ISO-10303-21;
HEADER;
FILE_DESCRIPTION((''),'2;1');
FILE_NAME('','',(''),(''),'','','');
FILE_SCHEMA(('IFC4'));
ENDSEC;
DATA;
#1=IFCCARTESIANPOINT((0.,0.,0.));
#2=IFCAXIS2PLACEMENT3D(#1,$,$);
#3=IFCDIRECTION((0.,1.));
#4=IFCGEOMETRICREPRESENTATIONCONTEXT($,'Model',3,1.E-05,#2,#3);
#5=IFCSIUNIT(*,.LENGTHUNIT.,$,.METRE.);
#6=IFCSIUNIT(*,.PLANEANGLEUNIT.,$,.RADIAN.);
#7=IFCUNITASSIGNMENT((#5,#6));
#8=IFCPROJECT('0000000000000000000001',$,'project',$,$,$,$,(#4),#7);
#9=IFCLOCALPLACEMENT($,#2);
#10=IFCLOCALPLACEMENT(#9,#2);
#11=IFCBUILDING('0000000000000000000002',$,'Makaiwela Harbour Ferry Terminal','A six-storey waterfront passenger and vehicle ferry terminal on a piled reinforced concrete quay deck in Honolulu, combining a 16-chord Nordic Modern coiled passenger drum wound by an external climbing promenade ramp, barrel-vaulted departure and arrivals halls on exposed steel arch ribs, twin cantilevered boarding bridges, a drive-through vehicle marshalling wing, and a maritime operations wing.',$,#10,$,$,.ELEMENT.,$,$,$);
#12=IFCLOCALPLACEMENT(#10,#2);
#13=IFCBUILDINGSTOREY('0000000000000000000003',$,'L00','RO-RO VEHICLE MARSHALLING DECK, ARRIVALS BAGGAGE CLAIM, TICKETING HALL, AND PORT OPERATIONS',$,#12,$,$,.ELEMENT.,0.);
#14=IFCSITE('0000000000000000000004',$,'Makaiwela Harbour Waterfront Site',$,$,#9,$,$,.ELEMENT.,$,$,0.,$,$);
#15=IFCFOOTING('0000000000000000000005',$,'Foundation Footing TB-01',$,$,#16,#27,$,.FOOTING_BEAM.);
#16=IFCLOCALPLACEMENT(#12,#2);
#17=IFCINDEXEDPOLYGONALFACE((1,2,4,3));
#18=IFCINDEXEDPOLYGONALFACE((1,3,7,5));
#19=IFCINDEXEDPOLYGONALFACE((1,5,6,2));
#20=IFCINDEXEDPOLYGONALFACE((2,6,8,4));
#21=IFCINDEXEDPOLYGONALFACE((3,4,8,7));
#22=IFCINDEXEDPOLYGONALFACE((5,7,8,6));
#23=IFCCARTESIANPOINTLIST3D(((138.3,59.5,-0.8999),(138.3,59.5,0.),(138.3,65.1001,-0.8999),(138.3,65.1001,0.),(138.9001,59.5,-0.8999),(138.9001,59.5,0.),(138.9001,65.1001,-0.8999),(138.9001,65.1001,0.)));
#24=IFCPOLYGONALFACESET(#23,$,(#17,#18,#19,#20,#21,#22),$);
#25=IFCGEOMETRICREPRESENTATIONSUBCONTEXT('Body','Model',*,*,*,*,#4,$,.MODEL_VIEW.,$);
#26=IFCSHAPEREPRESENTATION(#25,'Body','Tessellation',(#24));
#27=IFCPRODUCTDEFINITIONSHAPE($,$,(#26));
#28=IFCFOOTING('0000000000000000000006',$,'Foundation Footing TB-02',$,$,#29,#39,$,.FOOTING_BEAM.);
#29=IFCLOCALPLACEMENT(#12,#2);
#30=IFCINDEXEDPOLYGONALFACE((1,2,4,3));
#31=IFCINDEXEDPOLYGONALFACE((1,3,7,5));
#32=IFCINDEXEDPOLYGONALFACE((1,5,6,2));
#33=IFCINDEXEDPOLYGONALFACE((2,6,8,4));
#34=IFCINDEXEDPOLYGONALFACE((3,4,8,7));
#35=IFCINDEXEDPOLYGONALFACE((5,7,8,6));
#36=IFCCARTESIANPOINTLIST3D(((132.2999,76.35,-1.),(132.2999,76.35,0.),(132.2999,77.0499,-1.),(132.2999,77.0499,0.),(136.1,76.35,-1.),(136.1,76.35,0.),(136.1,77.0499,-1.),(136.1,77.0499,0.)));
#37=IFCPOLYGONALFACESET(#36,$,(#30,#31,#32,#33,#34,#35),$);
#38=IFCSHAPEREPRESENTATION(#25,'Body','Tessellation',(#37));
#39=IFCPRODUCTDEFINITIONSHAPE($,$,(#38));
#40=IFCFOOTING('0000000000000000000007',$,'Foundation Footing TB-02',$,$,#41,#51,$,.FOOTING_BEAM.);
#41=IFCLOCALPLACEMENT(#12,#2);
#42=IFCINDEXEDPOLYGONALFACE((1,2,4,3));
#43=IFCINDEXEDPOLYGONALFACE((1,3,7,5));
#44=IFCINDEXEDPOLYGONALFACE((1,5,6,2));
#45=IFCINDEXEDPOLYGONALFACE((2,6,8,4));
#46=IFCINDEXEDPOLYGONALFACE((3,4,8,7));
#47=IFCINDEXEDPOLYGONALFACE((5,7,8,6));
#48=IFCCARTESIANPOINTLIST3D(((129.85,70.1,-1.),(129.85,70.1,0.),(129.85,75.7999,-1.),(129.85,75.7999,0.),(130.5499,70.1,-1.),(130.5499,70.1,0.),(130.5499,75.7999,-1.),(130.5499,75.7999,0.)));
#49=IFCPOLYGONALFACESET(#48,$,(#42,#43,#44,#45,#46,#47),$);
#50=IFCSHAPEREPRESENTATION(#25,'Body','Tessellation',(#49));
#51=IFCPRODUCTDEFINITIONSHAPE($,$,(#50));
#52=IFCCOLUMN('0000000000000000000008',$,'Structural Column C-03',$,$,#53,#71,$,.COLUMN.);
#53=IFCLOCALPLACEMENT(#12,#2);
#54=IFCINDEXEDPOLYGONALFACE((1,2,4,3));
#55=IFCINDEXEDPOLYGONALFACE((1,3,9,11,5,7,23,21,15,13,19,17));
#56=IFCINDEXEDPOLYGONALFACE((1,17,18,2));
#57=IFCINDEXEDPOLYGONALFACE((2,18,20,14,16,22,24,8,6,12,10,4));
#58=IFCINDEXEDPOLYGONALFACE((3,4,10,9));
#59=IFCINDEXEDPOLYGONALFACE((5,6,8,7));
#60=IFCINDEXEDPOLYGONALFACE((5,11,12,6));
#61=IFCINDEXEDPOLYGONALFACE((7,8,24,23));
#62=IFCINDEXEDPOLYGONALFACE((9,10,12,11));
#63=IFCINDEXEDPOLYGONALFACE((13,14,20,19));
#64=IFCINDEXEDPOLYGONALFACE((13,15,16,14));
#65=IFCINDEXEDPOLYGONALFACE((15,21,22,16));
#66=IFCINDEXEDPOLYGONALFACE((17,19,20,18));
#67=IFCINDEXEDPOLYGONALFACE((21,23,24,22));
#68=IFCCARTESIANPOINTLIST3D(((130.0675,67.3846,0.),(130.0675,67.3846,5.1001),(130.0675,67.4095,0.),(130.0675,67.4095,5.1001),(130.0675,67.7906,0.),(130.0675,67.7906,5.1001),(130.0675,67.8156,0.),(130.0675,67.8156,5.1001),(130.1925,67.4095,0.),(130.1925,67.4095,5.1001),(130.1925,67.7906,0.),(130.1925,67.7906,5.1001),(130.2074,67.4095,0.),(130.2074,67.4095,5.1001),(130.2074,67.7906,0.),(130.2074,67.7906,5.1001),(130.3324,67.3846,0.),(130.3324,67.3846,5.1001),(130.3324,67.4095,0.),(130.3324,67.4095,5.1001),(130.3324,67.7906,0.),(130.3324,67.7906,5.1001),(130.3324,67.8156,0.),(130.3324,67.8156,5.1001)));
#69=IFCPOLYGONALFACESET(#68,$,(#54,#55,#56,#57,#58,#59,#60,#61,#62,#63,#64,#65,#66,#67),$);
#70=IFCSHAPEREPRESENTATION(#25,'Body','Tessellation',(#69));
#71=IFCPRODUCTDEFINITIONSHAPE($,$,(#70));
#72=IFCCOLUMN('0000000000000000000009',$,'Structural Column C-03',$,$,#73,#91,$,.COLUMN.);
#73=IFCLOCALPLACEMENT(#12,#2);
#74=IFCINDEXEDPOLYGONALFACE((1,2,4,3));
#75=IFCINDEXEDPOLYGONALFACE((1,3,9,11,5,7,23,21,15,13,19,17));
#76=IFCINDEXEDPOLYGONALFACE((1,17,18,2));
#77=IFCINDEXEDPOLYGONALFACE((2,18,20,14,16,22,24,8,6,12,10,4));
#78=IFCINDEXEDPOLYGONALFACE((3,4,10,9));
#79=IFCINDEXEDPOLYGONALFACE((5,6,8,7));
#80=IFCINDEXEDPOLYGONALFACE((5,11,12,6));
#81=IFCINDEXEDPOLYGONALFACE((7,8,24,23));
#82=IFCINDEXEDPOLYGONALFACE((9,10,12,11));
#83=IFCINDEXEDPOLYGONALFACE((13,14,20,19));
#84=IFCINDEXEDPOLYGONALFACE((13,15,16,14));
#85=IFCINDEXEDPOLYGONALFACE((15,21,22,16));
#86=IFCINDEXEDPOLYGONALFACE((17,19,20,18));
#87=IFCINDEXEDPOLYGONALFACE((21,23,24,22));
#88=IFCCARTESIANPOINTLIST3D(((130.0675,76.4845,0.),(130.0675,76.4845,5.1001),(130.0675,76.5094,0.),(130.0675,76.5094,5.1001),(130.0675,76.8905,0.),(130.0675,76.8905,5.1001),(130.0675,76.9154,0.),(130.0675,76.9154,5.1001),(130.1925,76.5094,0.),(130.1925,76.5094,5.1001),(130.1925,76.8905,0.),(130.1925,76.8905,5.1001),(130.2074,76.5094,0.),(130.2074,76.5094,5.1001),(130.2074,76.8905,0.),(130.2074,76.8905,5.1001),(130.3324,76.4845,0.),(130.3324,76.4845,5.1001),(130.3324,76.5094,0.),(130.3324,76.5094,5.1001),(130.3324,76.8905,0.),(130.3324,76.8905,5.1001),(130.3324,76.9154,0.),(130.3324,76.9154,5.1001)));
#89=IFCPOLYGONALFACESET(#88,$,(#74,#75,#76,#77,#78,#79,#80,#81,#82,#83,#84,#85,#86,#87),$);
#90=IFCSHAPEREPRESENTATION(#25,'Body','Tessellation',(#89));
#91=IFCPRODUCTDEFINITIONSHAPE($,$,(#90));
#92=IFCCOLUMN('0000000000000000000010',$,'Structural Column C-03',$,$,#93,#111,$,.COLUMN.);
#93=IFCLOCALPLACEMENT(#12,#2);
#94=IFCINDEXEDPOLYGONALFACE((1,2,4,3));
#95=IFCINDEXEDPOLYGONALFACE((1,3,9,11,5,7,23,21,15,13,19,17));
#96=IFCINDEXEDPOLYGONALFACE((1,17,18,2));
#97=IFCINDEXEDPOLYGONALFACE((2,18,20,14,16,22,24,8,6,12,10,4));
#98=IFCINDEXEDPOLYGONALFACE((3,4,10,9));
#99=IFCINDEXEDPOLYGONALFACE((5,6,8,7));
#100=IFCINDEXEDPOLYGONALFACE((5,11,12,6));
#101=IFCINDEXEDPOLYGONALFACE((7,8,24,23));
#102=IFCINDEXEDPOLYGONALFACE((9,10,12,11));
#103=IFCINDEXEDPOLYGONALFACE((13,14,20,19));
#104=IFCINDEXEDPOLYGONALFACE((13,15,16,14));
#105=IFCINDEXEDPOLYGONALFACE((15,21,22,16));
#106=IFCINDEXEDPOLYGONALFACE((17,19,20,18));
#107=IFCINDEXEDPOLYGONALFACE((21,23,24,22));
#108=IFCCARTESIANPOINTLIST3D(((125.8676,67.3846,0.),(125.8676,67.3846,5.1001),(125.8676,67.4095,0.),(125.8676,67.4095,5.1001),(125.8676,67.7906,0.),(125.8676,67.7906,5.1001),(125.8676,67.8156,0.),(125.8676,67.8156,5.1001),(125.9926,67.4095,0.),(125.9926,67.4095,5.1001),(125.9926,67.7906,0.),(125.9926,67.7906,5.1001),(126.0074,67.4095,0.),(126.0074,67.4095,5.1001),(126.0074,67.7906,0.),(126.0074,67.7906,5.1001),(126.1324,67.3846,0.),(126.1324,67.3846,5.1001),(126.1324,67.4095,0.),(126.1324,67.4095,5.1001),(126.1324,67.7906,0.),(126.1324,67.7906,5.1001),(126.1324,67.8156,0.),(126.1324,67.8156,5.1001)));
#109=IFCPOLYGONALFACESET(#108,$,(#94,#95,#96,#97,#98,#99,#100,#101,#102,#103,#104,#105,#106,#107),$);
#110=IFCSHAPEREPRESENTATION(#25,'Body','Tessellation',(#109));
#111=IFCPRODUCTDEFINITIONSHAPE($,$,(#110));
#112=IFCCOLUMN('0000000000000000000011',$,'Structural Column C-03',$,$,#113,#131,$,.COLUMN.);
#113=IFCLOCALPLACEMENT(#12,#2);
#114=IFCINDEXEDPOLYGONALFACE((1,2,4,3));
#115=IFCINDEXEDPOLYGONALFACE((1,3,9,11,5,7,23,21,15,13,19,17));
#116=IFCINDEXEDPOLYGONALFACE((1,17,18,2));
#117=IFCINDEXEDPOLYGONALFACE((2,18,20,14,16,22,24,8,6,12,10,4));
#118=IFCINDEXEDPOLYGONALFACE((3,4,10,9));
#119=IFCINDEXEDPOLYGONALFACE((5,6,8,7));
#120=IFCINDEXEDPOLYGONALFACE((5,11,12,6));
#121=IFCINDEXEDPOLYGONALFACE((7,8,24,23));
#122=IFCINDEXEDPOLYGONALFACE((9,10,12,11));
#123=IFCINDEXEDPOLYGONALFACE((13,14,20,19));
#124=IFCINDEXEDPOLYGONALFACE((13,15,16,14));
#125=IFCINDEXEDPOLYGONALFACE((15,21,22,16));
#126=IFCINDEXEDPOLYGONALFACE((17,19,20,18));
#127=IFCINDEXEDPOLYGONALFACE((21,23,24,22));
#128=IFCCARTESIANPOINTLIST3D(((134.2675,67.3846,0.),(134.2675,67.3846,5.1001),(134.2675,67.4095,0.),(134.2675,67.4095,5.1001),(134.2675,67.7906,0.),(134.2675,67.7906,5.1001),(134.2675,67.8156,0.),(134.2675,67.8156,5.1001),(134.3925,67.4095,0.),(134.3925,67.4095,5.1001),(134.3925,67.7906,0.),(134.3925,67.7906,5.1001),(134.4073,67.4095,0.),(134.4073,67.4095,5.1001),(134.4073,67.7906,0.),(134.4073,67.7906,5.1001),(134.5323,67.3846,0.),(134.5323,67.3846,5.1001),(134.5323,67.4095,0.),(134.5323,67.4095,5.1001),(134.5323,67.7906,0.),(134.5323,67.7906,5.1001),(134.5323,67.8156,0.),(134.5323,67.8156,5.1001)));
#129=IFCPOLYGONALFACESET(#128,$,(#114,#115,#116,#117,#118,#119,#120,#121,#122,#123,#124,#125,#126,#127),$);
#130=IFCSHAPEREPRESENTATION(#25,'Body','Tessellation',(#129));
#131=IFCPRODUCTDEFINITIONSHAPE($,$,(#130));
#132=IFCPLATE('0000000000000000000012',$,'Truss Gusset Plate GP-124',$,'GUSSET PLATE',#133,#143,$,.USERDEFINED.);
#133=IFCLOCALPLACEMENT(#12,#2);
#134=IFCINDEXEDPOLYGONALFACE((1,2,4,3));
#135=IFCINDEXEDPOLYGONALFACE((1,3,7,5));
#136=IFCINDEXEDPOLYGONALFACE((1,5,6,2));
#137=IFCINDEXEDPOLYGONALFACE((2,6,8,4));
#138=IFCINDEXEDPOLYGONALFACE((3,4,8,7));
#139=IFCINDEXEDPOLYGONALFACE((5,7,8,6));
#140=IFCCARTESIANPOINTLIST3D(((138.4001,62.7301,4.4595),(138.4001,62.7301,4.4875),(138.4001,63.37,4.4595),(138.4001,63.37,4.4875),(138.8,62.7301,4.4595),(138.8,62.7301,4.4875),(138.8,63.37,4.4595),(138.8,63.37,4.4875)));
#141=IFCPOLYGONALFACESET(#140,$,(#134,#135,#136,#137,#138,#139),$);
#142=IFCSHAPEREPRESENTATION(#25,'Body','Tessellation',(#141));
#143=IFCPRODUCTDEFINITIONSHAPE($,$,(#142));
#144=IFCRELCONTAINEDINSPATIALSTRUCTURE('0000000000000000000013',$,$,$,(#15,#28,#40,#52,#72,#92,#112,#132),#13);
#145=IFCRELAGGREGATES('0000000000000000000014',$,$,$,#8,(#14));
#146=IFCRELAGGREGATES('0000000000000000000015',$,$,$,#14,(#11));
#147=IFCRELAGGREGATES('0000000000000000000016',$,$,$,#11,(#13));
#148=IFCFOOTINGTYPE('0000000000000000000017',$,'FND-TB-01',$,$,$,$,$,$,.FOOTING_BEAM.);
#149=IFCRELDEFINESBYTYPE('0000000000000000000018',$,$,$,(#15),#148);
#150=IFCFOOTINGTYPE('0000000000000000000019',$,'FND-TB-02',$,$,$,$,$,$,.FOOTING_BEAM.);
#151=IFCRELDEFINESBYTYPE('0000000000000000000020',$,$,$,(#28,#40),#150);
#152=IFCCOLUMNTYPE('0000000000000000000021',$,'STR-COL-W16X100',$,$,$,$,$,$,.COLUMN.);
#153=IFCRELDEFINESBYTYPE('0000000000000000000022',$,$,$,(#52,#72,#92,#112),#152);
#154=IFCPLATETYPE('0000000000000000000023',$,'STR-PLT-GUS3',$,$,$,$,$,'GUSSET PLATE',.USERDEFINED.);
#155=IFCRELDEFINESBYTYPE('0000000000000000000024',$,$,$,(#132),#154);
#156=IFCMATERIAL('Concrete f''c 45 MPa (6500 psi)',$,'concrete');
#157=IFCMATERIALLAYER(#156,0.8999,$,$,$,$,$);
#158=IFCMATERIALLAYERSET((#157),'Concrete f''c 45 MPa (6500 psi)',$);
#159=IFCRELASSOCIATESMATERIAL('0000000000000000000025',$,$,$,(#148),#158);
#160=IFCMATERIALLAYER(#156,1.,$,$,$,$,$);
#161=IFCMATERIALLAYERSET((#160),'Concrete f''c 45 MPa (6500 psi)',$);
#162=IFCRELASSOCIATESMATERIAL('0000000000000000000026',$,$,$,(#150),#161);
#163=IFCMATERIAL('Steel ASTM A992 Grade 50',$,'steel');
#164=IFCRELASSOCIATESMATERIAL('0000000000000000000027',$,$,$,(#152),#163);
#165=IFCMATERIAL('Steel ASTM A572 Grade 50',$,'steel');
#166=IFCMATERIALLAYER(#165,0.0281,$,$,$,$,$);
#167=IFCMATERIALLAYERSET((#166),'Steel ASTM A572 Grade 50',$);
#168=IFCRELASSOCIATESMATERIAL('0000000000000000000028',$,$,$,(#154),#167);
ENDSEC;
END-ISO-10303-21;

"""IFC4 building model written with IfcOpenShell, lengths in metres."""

from ifc_helpers import new_model, si_unit, direction, frame, origin, origin_2d, place, context, subcontext, project, spatial, rectangle, i_section, extrude, material, layer, layer_set, material_profile, profile_set, type_object, element, save


model = new_model("IFC4")

# Units and contexts
model_context = context("Model", 3, precision=1e-05, world=origin(), true_north=direction((0.0, 1.0)))
body_context = subcontext(model_context, "Body", "Model", "MODEL_VIEW")
ifc_project = project(units=[si_unit("LENGTHUNIT", "METRE"), si_unit("PLANEANGLEUNIT", "RADIAN")], contexts=[model_context])

# Site, building, storey
site_placement = place(None, origin())
site = spatial("IfcSite", under=ifc_project, at=site_placement, Name="Makaiwela Harbour Waterfront Site", CompositionType="ELEMENT", RefElevation=0.0)
building_placement = place(site_placement, origin())
building = spatial("IfcBuilding", under=site, at=building_placement, Name="Makaiwela Harbour Ferry Terminal", Description="A six-storey waterfront passenger and vehicle ferry terminal on a piled reinforced concrete quay deck in Honolulu, combining a 16-chord Nordic Modern coiled passenger drum wound by an external climbing promenade ramp, barrel-vaulted departure and arrivals halls on exposed steel arch ribs, twin cantilevered boarding bridges, a drive-through vehicle marshalling wing, and a maritime operations wing.", CompositionType="ELEMENT")
storey_placement = place(building_placement, origin())
storey = spatial("IfcBuildingStorey", under=building, at=storey_placement, Name="L00", Description="RO-RO VEHICLE MARSHALLING DECK, ARRIVALS BAGGAGE CLAIM, TICKETING HALL, AND PORT OPERATIONS", CompositionType="ELEMENT", Elevation=0.0)

# Shared definitions
ifc_material_1 = material(Name="Concrete f'c 45 MPa (6500 psi)", Category="concrete")

# Footings
ifc_layer_1 = layer(ifc_material_1, 0.8999)
ifc_layer_set_1 = layer_set([ifc_layer_1], Name="Concrete f'c 45 MPa (6500 psi)")
footing_type_1 = type_object("IfcFootingType", Name="FND-TB-01", PredefinedType="FOOTING_BEAM", material=ifc_layer_set_1)
footing_1_placement = place(storey_placement, frame((138.6001, 62.3, -0.8999), z_axis=(0.0, 0.0, 1.0), x_axis=(0.0, 1.0, 0.0)))
element("IfcFooting", 1, at=footing_1_placement, inside=storey, type_object=footing_type_1, Name="Foundation Footing TB-01", PredefinedType="FOOTING_BEAM", context=body_context, shape_type="SweptSolid", body=[
    extrude(rectangle(XDim=5.6001, YDim=0.6001, at=origin_2d()), origin(), (0.0, 0.0, 1.0), 0.8999),
])
ifc_layer_2 = layer(ifc_material_1, 1.0)
ifc_layer_set_2 = layer_set([ifc_layer_2], Name="Concrete f'c 45 MPa (6500 psi)")
footing_type_2 = type_object("IfcFootingType", Name="FND-TB-02", PredefinedType="FOOTING_BEAM", material=ifc_layer_set_2)
footing_2_placement = place(storey_placement, frame((134.2, 76.7, -1.0), z_axis=(0.0, 0.0, 1.0), x_axis=(1.0, 0.0, 0.0)))
element("IfcFooting", 2, at=footing_2_placement, inside=storey, type_object=footing_type_2, Name="Foundation Footing TB-02", PredefinedType="FOOTING_BEAM", context=body_context, shape_type="SweptSolid", body=[
    extrude(rectangle(XDim=3.8, YDim=0.7, at=origin_2d()), origin(), (0.0, 0.0, 1.0), 1.0),
])
footing_3_placement = place(storey_placement, frame((130.2, 72.95, -1.0), z_axis=(0.0, 0.0, 1.0), x_axis=(0.0, 1.0, 0.0)))
element("IfcFooting", 3, at=footing_3_placement, inside=storey, type_object=footing_type_2, Name="Foundation Footing TB-02", PredefinedType="FOOTING_BEAM", context=body_context, shape_type="SweptSolid", body=[
    extrude(rectangle(XDim=5.7, YDim=0.7, at=origin_2d()), origin(), (0.0, 0.0, 1.0), 1.0),
])

# Columns
ifc_material_2 = material(Name="Steel ASTM A992 Grade 50", Category="steel")
ifc_material_profile_1 = material_profile(ifc_material_2, i_section(OverallWidth=0.2649, OverallDepth=0.4309, WebThickness=0.0149, FlangeThickness=0.0249, at=origin_2d()), Name="W16X100")
ifc_profile_set_1 = profile_set([ifc_material_profile_1], Name="Steel ASTM A992 Grade 50")
column_type = type_object("IfcColumnType", Name="STR-COL-W16X100", PredefinedType="COLUMN", material=ifc_profile_set_1)
for number, where, z_axis, x_axis, name in (
    (4, (130.2, 67.6001, 0.0), (0.0, 0.0, 1.0), (1.0, 0.0, 0.0), "Structural Column C-03"),
    (5, (130.2, 76.7, 0.0), (0.0, 0.0, 1.0), (1.0, 0.0, 0.0), "Structural Column C-03"),
    (6, (126.0, 67.6001, 0.0), (0.0, 0.0, 1.0), (1.0, 0.0, 0.0), "Structural Column C-03"),
    (7, (134.3999, 67.6001, 0.0), (0.0, 0.0, 1.0), (1.0, 0.0, 0.0), "Structural Column C-03"),
):
    element("IfcColumn", number, at=place(storey_placement, frame(where, z_axis=z_axis, x_axis=x_axis)), inside=storey, type_object=column_type, Name=name, PredefinedType="COLUMN", context=body_context, shape_type="SweptSolid", body=[
        extrude(i_section(OverallWidth=0.2649, OverallDepth=0.4309, WebThickness=0.0149, FlangeThickness=0.0249, at=origin_2d()), origin(), (0.0, 0.0, 1.0), 5.1001),
    ])

# Plate
ifc_material_3 = material(Name="Steel ASTM A572 Grade 50", Category="steel")
ifc_layer_3 = layer(ifc_material_3, 0.0281)
ifc_layer_set_3 = layer_set([ifc_layer_3], Name="Steel ASTM A572 Grade 50")
plate_type = type_object("IfcPlateType", Name="STR-PLT-GUS3", ElementType="GUSSET PLATE", PredefinedType="USERDEFINED", material=ifc_layer_set_3)
plate_placement = place(storey_placement, frame((138.6001, 63.05, 4.4595), z_axis=(0.0, 0.0, 1.0), x_axis=(0.0, 1.0, 0.0)))
element("IfcPlate", 8, at=plate_placement, inside=storey, type_object=plate_type, Name="Truss Gusset Plate GP-124", ObjectType="GUSSET PLATE", PredefinedType="USERDEFINED", context=body_context, shape_type="SweptSolid", body=[
    extrude(rectangle(XDim=0.6399, YDim=0.3999, at=origin_2d()), origin(), (0.0, 0.0, 1.0), 0.0281),
])

save(model, "model.ifc")
